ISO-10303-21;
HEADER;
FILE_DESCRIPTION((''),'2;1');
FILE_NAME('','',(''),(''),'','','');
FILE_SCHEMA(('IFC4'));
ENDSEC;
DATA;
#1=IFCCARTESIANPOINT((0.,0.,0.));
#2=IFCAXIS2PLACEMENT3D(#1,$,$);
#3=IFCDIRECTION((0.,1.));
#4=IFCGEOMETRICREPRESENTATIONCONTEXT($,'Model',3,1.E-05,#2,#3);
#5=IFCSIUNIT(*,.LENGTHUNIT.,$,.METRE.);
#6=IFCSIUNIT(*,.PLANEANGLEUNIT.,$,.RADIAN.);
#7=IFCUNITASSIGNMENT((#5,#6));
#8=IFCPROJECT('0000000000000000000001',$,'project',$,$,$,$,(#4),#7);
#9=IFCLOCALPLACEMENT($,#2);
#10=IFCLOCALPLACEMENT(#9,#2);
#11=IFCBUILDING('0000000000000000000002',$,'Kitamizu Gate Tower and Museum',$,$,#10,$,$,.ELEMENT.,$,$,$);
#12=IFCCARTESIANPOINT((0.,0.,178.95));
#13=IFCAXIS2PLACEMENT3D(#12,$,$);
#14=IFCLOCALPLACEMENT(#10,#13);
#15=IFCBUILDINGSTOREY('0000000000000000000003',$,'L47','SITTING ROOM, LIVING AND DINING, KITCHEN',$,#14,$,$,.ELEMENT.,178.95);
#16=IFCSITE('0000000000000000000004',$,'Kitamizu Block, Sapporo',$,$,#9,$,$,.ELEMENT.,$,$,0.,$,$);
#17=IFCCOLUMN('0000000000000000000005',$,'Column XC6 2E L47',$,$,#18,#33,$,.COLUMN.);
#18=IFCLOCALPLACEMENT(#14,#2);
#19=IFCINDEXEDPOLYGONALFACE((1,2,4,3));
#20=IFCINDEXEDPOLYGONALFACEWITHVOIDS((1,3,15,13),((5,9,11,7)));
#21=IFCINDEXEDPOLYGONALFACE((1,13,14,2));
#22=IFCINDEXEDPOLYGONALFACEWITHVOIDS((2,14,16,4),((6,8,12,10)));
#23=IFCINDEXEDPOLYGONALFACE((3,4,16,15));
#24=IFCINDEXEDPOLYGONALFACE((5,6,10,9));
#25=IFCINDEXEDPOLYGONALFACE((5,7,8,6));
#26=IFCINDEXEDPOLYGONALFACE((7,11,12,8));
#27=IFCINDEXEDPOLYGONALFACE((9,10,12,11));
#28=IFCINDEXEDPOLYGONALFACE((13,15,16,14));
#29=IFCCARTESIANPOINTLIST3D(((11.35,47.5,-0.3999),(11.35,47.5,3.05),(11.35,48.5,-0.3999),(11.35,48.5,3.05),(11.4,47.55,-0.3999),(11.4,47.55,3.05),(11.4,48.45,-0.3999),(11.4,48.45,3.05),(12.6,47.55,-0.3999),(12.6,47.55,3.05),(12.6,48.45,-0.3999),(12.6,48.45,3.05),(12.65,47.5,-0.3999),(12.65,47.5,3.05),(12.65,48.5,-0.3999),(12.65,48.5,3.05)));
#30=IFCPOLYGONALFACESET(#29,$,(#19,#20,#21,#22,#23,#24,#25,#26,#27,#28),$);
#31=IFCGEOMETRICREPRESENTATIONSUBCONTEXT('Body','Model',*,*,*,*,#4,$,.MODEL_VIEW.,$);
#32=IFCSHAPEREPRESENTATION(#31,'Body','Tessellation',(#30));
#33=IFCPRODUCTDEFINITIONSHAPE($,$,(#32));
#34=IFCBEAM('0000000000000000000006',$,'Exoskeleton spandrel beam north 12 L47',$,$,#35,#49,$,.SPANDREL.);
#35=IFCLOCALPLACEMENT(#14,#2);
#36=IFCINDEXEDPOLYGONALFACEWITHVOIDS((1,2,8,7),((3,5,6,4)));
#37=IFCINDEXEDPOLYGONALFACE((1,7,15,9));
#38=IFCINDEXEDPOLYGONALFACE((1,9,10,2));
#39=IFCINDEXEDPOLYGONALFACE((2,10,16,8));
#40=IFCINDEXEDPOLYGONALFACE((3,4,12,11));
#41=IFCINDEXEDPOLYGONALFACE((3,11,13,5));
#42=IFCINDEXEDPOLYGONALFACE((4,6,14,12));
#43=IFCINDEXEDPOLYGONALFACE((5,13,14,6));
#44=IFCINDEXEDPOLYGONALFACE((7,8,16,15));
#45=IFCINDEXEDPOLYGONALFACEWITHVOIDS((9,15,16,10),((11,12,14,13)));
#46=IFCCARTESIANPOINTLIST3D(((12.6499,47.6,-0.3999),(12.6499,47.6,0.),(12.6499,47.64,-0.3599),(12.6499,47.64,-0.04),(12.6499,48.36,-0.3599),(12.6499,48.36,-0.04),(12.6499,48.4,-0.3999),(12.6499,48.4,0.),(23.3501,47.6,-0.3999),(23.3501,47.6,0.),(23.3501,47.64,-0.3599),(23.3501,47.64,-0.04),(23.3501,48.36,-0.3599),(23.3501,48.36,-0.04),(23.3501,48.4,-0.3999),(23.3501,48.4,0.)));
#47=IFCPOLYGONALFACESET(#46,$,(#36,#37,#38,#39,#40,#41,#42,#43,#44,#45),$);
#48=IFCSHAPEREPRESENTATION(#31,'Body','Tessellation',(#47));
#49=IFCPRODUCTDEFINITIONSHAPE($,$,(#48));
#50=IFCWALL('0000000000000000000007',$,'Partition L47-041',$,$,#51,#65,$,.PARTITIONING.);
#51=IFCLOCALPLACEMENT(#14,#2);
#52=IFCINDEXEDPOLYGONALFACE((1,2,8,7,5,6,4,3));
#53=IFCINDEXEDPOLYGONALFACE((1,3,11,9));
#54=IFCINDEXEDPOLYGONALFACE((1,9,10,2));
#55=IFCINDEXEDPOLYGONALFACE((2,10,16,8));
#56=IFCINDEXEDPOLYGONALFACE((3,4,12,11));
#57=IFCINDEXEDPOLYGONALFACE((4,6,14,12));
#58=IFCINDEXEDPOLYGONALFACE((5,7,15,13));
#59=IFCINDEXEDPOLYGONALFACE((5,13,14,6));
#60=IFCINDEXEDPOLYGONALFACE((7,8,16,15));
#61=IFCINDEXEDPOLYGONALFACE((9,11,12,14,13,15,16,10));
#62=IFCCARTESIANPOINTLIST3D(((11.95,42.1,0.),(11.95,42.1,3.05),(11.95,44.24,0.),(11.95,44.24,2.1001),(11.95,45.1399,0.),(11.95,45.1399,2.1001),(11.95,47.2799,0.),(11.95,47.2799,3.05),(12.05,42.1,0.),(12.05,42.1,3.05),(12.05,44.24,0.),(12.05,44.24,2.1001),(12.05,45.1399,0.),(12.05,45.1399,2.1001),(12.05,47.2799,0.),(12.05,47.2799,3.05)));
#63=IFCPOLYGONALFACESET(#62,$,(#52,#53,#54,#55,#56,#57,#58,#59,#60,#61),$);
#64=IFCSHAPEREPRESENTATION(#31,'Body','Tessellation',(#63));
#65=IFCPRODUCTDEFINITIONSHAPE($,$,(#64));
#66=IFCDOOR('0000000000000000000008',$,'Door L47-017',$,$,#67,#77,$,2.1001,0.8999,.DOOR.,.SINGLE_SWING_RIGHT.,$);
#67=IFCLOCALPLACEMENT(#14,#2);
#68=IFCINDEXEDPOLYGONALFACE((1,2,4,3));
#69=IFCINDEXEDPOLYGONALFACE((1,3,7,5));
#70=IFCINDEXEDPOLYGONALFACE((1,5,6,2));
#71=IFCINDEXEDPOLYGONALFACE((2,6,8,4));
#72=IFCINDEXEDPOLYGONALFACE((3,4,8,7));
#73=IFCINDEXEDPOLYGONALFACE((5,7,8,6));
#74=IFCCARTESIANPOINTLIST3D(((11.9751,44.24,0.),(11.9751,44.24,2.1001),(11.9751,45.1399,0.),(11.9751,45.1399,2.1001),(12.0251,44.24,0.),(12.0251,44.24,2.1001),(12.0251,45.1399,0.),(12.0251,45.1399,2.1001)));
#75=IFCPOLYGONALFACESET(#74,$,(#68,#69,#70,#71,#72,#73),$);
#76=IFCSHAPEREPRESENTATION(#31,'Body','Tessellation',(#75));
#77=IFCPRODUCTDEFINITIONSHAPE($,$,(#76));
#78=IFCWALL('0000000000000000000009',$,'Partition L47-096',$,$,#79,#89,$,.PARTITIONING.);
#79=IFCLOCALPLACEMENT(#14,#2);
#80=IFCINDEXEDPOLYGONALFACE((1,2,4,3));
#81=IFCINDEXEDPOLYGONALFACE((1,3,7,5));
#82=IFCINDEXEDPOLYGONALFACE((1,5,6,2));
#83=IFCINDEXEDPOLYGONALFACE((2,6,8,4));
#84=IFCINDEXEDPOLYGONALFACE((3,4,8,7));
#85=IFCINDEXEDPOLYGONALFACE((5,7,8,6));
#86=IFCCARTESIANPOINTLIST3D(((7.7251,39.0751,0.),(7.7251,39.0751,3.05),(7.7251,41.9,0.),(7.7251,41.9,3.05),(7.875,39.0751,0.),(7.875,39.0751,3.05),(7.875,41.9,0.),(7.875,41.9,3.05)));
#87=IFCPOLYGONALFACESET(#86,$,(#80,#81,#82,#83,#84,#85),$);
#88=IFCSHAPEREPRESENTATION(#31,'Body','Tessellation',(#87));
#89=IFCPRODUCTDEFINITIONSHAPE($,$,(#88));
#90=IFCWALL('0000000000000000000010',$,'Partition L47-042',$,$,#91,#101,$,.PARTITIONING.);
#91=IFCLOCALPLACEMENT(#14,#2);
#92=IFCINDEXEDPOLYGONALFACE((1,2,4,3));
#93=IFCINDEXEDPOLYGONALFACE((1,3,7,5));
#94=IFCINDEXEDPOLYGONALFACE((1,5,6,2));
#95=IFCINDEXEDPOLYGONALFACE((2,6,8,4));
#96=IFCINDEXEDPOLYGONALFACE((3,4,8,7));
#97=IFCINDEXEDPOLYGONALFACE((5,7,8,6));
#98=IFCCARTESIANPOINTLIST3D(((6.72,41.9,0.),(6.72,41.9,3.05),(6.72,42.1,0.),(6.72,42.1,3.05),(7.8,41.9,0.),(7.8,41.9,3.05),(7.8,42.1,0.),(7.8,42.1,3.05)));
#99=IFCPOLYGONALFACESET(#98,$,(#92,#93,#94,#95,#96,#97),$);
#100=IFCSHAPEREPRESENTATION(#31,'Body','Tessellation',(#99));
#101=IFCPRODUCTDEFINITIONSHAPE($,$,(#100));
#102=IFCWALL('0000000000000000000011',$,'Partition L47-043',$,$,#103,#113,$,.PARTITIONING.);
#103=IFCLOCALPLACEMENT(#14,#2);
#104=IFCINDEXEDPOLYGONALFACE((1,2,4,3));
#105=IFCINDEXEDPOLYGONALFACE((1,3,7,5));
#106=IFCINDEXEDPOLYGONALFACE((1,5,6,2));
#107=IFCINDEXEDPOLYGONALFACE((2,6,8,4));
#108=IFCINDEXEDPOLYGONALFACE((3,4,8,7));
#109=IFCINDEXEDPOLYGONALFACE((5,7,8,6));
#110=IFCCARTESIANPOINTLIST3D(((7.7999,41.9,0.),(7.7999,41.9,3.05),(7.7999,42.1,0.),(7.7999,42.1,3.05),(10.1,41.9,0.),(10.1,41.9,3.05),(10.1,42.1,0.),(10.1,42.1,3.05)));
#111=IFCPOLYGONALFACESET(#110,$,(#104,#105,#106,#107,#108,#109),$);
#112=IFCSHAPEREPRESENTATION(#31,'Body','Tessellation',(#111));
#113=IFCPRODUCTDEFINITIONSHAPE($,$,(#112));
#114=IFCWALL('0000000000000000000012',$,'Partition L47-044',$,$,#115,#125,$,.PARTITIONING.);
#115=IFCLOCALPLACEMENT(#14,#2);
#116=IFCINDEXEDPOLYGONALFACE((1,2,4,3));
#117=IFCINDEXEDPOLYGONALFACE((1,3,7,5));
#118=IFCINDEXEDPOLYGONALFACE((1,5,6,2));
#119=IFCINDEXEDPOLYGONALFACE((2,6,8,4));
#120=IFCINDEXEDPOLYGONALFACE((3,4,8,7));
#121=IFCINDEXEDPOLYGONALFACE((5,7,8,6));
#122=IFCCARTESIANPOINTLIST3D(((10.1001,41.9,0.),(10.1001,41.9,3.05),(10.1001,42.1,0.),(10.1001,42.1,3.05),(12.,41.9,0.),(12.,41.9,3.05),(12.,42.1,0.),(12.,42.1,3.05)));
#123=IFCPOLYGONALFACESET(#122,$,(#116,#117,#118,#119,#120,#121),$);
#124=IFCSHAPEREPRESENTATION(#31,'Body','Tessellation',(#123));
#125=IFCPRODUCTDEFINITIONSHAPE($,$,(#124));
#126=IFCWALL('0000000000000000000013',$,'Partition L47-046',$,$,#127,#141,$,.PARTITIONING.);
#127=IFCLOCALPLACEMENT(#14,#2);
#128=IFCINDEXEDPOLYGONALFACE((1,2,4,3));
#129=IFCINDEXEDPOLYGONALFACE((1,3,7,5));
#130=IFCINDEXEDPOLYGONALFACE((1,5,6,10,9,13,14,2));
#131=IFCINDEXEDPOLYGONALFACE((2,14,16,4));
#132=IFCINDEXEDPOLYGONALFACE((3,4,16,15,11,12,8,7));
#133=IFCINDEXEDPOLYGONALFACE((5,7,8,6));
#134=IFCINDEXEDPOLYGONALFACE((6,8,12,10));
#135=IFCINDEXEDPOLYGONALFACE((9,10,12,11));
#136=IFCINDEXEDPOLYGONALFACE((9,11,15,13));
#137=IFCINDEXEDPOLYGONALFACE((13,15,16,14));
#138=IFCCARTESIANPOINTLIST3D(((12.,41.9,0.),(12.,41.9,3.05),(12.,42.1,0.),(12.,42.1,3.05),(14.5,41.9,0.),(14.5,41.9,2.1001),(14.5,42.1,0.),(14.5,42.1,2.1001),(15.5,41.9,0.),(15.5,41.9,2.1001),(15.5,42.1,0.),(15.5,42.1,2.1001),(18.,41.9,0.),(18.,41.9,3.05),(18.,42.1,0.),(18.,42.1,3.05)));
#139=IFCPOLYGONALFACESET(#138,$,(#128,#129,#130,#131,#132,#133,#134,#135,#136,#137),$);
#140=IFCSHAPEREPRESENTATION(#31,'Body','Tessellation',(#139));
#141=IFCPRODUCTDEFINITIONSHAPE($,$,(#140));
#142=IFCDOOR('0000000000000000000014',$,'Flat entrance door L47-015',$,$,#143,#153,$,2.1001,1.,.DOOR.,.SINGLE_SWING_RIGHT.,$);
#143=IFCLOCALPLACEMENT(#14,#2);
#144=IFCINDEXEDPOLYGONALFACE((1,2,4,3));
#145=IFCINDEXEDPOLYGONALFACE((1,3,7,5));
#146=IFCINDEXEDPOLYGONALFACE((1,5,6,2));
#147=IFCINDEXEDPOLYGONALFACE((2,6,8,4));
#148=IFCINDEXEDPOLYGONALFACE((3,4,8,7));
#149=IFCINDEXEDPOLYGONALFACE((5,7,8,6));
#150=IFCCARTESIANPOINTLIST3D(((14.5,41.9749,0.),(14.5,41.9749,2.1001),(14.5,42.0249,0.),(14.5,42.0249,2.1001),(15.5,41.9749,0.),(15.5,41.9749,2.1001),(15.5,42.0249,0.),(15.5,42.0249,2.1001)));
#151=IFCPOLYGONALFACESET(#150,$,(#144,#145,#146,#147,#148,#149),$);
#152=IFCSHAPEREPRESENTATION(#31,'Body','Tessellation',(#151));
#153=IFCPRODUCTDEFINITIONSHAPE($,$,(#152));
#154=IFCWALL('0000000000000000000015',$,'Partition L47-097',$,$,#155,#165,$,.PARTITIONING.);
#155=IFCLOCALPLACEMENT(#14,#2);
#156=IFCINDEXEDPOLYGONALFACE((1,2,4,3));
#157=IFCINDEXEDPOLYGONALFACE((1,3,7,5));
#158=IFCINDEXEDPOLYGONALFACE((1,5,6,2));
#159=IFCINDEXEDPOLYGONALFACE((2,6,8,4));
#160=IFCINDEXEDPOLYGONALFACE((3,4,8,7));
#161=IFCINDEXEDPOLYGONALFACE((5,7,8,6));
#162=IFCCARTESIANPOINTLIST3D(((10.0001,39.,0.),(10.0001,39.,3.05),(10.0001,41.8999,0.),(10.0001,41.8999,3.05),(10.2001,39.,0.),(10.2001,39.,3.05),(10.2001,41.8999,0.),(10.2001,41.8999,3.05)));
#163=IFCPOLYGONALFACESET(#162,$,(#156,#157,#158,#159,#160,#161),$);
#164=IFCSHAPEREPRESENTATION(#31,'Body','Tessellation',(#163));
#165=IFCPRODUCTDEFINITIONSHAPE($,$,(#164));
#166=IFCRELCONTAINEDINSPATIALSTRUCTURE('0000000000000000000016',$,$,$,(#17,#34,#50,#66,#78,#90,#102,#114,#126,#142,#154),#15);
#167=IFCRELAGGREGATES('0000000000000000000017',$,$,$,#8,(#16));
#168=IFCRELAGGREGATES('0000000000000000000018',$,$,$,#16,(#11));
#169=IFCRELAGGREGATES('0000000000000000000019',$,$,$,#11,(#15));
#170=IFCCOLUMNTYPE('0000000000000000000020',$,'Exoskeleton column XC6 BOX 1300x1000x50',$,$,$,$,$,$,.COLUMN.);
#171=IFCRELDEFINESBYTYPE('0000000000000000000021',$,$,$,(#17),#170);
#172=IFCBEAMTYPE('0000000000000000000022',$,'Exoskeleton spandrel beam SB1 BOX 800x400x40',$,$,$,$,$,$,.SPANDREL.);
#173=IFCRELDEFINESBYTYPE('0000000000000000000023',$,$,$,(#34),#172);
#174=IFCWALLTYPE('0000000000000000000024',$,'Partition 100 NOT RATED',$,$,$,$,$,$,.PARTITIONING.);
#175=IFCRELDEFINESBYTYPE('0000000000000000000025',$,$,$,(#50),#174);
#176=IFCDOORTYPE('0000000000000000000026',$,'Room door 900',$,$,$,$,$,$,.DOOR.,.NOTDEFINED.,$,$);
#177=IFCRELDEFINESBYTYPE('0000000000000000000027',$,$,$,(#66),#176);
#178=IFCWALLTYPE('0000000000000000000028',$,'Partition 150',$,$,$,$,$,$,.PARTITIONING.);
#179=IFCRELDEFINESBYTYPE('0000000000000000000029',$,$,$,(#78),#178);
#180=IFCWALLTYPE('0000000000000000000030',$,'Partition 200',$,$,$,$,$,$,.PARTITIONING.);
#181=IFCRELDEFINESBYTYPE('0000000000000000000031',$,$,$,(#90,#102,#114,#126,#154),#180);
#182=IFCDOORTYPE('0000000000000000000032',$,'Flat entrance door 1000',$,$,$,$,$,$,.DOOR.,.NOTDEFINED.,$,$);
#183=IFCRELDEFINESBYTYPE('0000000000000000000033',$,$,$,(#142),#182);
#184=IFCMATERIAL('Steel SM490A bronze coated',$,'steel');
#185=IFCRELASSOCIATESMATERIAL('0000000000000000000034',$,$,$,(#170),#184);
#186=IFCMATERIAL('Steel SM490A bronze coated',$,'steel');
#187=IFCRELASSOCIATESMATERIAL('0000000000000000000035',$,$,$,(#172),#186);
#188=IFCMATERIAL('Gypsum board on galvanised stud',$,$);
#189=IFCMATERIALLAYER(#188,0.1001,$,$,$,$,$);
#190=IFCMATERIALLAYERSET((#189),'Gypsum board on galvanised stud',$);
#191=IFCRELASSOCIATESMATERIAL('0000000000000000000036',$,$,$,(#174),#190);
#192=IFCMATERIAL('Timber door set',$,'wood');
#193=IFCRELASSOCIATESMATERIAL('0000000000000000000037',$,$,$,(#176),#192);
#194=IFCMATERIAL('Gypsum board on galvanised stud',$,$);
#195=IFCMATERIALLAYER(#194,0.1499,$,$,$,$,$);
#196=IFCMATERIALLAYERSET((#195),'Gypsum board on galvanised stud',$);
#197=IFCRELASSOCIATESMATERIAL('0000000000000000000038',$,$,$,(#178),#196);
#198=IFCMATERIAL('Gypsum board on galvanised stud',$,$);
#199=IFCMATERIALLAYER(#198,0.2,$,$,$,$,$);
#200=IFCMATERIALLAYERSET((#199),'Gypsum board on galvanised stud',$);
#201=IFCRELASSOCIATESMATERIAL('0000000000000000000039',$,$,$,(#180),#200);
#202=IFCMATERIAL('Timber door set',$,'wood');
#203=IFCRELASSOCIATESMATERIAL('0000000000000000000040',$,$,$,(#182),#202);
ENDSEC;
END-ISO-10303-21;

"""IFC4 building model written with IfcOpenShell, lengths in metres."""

from ifc_helpers import new_model, si_unit, direction, frame, frame_2d, origin, origin_2d, place, context, subcontext, project, spatial, rectangle, hollow_rectangle, extrude, material, layer, layer_set, material_profile, profile_set, type_object, element, fill, save


model = new_model("IFC4")

# Units and contexts
model_context = context("Model", 3, precision=1e-05, world=origin(), true_north=direction((0.0, 1.0)))
body_context = subcontext(model_context, "Body", "Model", "MODEL_VIEW")
ifc_project = project(units=[si_unit("LENGTHUNIT", "METRE"), si_unit("PLANEANGLEUNIT", "RADIAN")], contexts=[model_context])

# Site, building, storey
site_placement = place(None, origin())
site = spatial("IfcSite", under=ifc_project, at=site_placement, Name="Kitamizu Block, Sapporo", CompositionType="ELEMENT", RefElevation=0.0)
building_placement = place(site_placement, origin())
building = spatial("IfcBuilding", under=site, at=building_placement, Name="Kitamizu Gate Tower and Museum", CompositionType="ELEMENT")
storey_placement = place(building_placement, frame((0.0, 0.0, 178.95)))
storey = spatial("IfcBuildingStorey", under=building, at=storey_placement, Name="L47", Description="SITTING ROOM, LIVING AND DINING, KITCHEN", CompositionType="ELEMENT", Elevation=178.95)

# Column
ifc_material_1 = material(Name="Steel SM490A bronze coated", Category="steel")
ifc_material_profile_1 = material_profile(ifc_material_1, hollow_rectangle(XDim=1.3, YDim=1.0, WallThickness=0.05, at=origin_2d()), Name="BOX 1300x1000x50")
ifc_profile_set_1 = profile_set([ifc_material_profile_1], Name="Steel SM490A bronze coated")
column_type = type_object("IfcColumnType", Name="Exoskeleton column XC6 BOX 1300x1000x50", PredefinedType="COLUMN", material=ifc_profile_set_1)
column_placement = place(storey_placement, frame((12.0, 48.0, -0.3999), z_axis=(0.0, 0.0, 1.0), x_axis=(1.0, 0.0, 0.0)))
element("IfcColumn", 1, at=column_placement, inside=storey, type_object=column_type, Name="Column XC6 2E L47", PredefinedType="COLUMN", context=body_context, shape_type="SweptSolid", body=[
    extrude(hollow_rectangle(XDim=1.3, YDim=1.0, WallThickness=0.05, at=origin_2d()), origin(), (0.0, 0.0, 1.0), 3.45),
])

# Beam
ifc_material_2 = material(Name="Steel SM490A bronze coated", Category="steel")
ifc_material_profile_2 = material_profile(ifc_material_2, hollow_rectangle(XDim=0.8, YDim=0.3999, WallThickness=0.04, at=origin_2d()), Name="BOX 800x400x40")
ifc_profile_set_2 = profile_set([ifc_material_profile_2], Name="Steel SM490A bronze coated")
beam_type = type_object("IfcBeamType", Name="Exoskeleton spandrel beam SB1 BOX 800x400x40", PredefinedType="SPANDREL", material=ifc_profile_set_2)
beam_placement = place(storey_placement, frame((12.6499, 48.0, -0.2), z_axis=(1.0, 0.0, 0.0), x_axis=(0.0, 1.0, 0.0)))
element("IfcBeam", 2, at=beam_placement, inside=storey, type_object=beam_type, Name="Exoskeleton spandrel beam north 12 L47", PredefinedType="SPANDREL", context=body_context, shape_type="SweptSolid", body=[
    extrude(hollow_rectangle(XDim=0.8, YDim=0.3999, WallThickness=0.04, at=origin_2d()), origin(), (0.0, 0.0, 1.0), 10.7002),
])

# Wall, opening, door
ifc_material_3 = material(Name="Gypsum board on galvanised stud")
ifc_layer_1 = layer(ifc_material_3, 0.1001)
ifc_layer_set_1 = layer_set([ifc_layer_1], Name="Gypsum board on galvanised stud")
wall_type_1 = type_object("IfcWallType", Name="Partition 100 NOT RATED", PredefinedType="PARTITIONING", material=ifc_layer_set_1)
wall_1_placement = place(storey_placement, frame((12.0, 42.1001, 0.0), z_axis=(0.0, 0.0, 1.0), x_axis=(0.0, 1.0, 0.0)))
wall_1 = element("IfcWall", 3, at=wall_1_placement, inside=storey, type_object=wall_type_1, Name="Partition L47-041", PredefinedType="PARTITIONING", context=body_context, shape_type="SweptSolid", body=[
    extrude(rectangle(XDim=5.1799, YDim=0.1001, at=frame_2d((2.5898, 0.0))), origin(), (0.0, 0.0, 1.0), 3.05),
])
opening_1_placement = place(wall_1_placement, frame((2.1399, 0.0, 0.0)))
opening_1 = element("IfcOpeningElement", 4, at=opening_1_placement, cuts=wall_1, PredefinedType="OPENING", context=body_context, shape_type="SweptSolid", body=[
    extrude(rectangle(XDim=0.8999, YDim=2.1001, at=frame_2d((0.45, 1.05))), frame((0.0, 0.0601, 0.0), z_axis=(0.0, -1.0, 0.0), x_axis=(1.0, 0.0, 0.0)), (0.0, 0.0, 1.0), 0.1201),
])
ifc_material_4 = material(Name="Timber door set", Category="wood")
door_type_1 = type_object("IfcDoorType", Name="Room door 900", OperationType="NOTDEFINED", PredefinedType="DOOR", material=ifc_material_4)
door_1_placement = place(opening_1_placement, origin())
door_1 = element("IfcDoor", 5, at=door_1_placement, inside=storey, type_object=door_type_1, Name="Door L47-017", OperationType="SINGLE_SWING_RIGHT", OverallHeight=2.1001, OverallWidth=0.8999, PredefinedType="DOOR", context=body_context, shape_type="SweptSolid", body=[
    extrude(rectangle(XDim=0.8999, YDim=2.1001, at=frame_2d((0.45, 1.05))), frame((0.0, 0.0249, 0.0), z_axis=(0.0, -1.0, 0.0), x_axis=(1.0, 0.0, 0.0)), (0.0, 0.0, 1.0), 0.05),
])
fill(opening_1, door_1)

# Walls
ifc_material_5 = material(Name="Gypsum board on galvanised stud")
ifc_layer_2 = layer(ifc_material_5, 0.1499)
ifc_layer_set_2 = layer_set([ifc_layer_2], Name="Gypsum board on galvanised stud")
wall_type_2 = type_object("IfcWallType", Name="Partition 150", PredefinedType="PARTITIONING", material=ifc_layer_set_2)
wall_2_placement = place(storey_placement, frame((7.8, 39.075, 0.0), z_axis=(0.0, 0.0, 1.0), x_axis=(0.0, 1.0, 0.0)))
element("IfcWall", 6, at=wall_2_placement, inside=storey, type_object=wall_type_2, Name="Partition L47-096", PredefinedType="PARTITIONING", context=body_context, shape_type="SweptSolid", body=[
    extrude(rectangle(XDim=2.825, YDim=0.1499, at=frame_2d((1.4126, 0.0))), origin(), (0.0, 0.0, 1.0), 3.05),
])
ifc_material_6 = material(Name="Gypsum board on galvanised stud")
ifc_layer_3 = layer(ifc_material_6, 0.2)
ifc_layer_set_3 = layer_set([ifc_layer_3], Name="Gypsum board on galvanised stud")
wall_type_3 = type_object("IfcWallType", Name="Partition 200", PredefinedType="PARTITIONING", material=ifc_layer_set_3)
wall_3_placement = place(storey_placement, frame((6.72, 42.0, 0.0), z_axis=(0.0, 0.0, 1.0), x_axis=(1.0, 0.0, 0.0)))
element("IfcWall", 7, at=wall_3_placement, inside=storey, type_object=wall_type_3, Name="Partition L47-042", PredefinedType="PARTITIONING", context=body_context, shape_type="SweptSolid", body=[
    extrude(rectangle(XDim=1.0801, YDim=0.2, at=frame_2d((0.54, 0.0))), origin(), (0.0, 0.0, 1.0), 3.05),
])
wall_4_placement = place(storey_placement, frame((7.8, 42.0, 0.0), z_axis=(0.0, 0.0, 1.0), x_axis=(1.0, 0.0, 0.0)))
element("IfcWall", 8, at=wall_4_placement, inside=storey, type_object=wall_type_3, Name="Partition L47-043", PredefinedType="PARTITIONING", context=body_context, shape_type="SweptSolid", body=[
    extrude(rectangle(XDim=2.3, YDim=0.2, at=frame_2d((1.1499, 0.0))), origin(), (0.0, 0.0, 1.0), 3.05),
])
wall_5_placement = place(storey_placement, frame((10.1001, 42.0, 0.0), z_axis=(0.0, 0.0, 1.0), x_axis=(1.0, 0.0, 0.0)))
element("IfcWall", 9, at=wall_5_placement, inside=storey, type_object=wall_type_3, Name="Partition L47-044", PredefinedType="PARTITIONING", context=body_context, shape_type="SweptSolid", body=[
    extrude(rectangle(XDim=1.8999, YDim=0.2, at=frame_2d((0.95, 0.0))), origin(), (0.0, 0.0, 1.0), 3.05),
])

# Wall, opening, door
wall_6_placement = place(storey_placement, frame((12.0, 42.0, 0.0), z_axis=(0.0, 0.0, 1.0), x_axis=(1.0, 0.0, 0.0)))
wall_6 = element("IfcWall", 10, at=wall_6_placement, inside=storey, type_object=wall_type_3, Name="Partition L47-046", PredefinedType="PARTITIONING", context=body_context, shape_type="SweptSolid", body=[
    extrude(rectangle(XDim=6.0, YDim=0.2, at=frame_2d((3.0, 0.0))), origin(), (0.0, 0.0, 1.0), 3.05),
])
opening_2_placement = place(wall_6_placement, frame((2.5, 0.0, 0.0)))
opening_2 = element("IfcOpeningElement", 11, at=opening_2_placement, cuts=wall_6, PredefinedType="OPENING", context=body_context, shape_type="SweptSolid", body=[
    extrude(rectangle(XDim=1.0, YDim=2.1001, at=frame_2d((0.5, 1.05))), frame((0.0, 0.1099, 0.0), z_axis=(0.0, -1.0, 0.0), x_axis=(1.0, 0.0, 0.0)), (0.0, 0.0, 1.0), 0.22),
])
ifc_material_7 = material(Name="Timber door set", Category="wood")
door_type_2 = type_object("IfcDoorType", Name="Flat entrance door 1000", OperationType="NOTDEFINED", PredefinedType="DOOR", material=ifc_material_7)
door_2_placement = place(opening_2_placement, origin())
door_2 = element("IfcDoor", 12, at=door_2_placement, inside=storey, type_object=door_type_2, Name="Flat entrance door L47-015", OperationType="SINGLE_SWING_RIGHT", OverallHeight=2.1001, OverallWidth=1.0, PredefinedType="DOOR", context=body_context, shape_type="SweptSolid", body=[
    extrude(rectangle(XDim=1.0, YDim=2.1001, at=frame_2d((0.5, 1.05))), frame((0.0, 0.0249, 0.0), z_axis=(0.0, -1.0, 0.0), x_axis=(1.0, 0.0, 0.0)), (0.0, 0.0, 1.0), 0.05),
])
fill(opening_2, door_2)

# Wall
wall_7_placement = place(storey_placement, frame((10.1001, 39.0, 0.0), z_axis=(0.0, 0.0, 1.0), x_axis=(0.0, 1.0, 0.0)))
element("IfcWall", 13, at=wall_7_placement, inside=storey, type_object=wall_type_3, Name="Partition L47-097", PredefinedType="PARTITIONING", context=body_context, shape_type="SweptSolid", body=[
    extrude(rectangle(XDim=2.8999, YDim=0.2, at=frame_2d((1.45, 0.0))), origin(), (0.0, 0.0, 1.0), 3.05),
])

save(model, "model.ifc")
